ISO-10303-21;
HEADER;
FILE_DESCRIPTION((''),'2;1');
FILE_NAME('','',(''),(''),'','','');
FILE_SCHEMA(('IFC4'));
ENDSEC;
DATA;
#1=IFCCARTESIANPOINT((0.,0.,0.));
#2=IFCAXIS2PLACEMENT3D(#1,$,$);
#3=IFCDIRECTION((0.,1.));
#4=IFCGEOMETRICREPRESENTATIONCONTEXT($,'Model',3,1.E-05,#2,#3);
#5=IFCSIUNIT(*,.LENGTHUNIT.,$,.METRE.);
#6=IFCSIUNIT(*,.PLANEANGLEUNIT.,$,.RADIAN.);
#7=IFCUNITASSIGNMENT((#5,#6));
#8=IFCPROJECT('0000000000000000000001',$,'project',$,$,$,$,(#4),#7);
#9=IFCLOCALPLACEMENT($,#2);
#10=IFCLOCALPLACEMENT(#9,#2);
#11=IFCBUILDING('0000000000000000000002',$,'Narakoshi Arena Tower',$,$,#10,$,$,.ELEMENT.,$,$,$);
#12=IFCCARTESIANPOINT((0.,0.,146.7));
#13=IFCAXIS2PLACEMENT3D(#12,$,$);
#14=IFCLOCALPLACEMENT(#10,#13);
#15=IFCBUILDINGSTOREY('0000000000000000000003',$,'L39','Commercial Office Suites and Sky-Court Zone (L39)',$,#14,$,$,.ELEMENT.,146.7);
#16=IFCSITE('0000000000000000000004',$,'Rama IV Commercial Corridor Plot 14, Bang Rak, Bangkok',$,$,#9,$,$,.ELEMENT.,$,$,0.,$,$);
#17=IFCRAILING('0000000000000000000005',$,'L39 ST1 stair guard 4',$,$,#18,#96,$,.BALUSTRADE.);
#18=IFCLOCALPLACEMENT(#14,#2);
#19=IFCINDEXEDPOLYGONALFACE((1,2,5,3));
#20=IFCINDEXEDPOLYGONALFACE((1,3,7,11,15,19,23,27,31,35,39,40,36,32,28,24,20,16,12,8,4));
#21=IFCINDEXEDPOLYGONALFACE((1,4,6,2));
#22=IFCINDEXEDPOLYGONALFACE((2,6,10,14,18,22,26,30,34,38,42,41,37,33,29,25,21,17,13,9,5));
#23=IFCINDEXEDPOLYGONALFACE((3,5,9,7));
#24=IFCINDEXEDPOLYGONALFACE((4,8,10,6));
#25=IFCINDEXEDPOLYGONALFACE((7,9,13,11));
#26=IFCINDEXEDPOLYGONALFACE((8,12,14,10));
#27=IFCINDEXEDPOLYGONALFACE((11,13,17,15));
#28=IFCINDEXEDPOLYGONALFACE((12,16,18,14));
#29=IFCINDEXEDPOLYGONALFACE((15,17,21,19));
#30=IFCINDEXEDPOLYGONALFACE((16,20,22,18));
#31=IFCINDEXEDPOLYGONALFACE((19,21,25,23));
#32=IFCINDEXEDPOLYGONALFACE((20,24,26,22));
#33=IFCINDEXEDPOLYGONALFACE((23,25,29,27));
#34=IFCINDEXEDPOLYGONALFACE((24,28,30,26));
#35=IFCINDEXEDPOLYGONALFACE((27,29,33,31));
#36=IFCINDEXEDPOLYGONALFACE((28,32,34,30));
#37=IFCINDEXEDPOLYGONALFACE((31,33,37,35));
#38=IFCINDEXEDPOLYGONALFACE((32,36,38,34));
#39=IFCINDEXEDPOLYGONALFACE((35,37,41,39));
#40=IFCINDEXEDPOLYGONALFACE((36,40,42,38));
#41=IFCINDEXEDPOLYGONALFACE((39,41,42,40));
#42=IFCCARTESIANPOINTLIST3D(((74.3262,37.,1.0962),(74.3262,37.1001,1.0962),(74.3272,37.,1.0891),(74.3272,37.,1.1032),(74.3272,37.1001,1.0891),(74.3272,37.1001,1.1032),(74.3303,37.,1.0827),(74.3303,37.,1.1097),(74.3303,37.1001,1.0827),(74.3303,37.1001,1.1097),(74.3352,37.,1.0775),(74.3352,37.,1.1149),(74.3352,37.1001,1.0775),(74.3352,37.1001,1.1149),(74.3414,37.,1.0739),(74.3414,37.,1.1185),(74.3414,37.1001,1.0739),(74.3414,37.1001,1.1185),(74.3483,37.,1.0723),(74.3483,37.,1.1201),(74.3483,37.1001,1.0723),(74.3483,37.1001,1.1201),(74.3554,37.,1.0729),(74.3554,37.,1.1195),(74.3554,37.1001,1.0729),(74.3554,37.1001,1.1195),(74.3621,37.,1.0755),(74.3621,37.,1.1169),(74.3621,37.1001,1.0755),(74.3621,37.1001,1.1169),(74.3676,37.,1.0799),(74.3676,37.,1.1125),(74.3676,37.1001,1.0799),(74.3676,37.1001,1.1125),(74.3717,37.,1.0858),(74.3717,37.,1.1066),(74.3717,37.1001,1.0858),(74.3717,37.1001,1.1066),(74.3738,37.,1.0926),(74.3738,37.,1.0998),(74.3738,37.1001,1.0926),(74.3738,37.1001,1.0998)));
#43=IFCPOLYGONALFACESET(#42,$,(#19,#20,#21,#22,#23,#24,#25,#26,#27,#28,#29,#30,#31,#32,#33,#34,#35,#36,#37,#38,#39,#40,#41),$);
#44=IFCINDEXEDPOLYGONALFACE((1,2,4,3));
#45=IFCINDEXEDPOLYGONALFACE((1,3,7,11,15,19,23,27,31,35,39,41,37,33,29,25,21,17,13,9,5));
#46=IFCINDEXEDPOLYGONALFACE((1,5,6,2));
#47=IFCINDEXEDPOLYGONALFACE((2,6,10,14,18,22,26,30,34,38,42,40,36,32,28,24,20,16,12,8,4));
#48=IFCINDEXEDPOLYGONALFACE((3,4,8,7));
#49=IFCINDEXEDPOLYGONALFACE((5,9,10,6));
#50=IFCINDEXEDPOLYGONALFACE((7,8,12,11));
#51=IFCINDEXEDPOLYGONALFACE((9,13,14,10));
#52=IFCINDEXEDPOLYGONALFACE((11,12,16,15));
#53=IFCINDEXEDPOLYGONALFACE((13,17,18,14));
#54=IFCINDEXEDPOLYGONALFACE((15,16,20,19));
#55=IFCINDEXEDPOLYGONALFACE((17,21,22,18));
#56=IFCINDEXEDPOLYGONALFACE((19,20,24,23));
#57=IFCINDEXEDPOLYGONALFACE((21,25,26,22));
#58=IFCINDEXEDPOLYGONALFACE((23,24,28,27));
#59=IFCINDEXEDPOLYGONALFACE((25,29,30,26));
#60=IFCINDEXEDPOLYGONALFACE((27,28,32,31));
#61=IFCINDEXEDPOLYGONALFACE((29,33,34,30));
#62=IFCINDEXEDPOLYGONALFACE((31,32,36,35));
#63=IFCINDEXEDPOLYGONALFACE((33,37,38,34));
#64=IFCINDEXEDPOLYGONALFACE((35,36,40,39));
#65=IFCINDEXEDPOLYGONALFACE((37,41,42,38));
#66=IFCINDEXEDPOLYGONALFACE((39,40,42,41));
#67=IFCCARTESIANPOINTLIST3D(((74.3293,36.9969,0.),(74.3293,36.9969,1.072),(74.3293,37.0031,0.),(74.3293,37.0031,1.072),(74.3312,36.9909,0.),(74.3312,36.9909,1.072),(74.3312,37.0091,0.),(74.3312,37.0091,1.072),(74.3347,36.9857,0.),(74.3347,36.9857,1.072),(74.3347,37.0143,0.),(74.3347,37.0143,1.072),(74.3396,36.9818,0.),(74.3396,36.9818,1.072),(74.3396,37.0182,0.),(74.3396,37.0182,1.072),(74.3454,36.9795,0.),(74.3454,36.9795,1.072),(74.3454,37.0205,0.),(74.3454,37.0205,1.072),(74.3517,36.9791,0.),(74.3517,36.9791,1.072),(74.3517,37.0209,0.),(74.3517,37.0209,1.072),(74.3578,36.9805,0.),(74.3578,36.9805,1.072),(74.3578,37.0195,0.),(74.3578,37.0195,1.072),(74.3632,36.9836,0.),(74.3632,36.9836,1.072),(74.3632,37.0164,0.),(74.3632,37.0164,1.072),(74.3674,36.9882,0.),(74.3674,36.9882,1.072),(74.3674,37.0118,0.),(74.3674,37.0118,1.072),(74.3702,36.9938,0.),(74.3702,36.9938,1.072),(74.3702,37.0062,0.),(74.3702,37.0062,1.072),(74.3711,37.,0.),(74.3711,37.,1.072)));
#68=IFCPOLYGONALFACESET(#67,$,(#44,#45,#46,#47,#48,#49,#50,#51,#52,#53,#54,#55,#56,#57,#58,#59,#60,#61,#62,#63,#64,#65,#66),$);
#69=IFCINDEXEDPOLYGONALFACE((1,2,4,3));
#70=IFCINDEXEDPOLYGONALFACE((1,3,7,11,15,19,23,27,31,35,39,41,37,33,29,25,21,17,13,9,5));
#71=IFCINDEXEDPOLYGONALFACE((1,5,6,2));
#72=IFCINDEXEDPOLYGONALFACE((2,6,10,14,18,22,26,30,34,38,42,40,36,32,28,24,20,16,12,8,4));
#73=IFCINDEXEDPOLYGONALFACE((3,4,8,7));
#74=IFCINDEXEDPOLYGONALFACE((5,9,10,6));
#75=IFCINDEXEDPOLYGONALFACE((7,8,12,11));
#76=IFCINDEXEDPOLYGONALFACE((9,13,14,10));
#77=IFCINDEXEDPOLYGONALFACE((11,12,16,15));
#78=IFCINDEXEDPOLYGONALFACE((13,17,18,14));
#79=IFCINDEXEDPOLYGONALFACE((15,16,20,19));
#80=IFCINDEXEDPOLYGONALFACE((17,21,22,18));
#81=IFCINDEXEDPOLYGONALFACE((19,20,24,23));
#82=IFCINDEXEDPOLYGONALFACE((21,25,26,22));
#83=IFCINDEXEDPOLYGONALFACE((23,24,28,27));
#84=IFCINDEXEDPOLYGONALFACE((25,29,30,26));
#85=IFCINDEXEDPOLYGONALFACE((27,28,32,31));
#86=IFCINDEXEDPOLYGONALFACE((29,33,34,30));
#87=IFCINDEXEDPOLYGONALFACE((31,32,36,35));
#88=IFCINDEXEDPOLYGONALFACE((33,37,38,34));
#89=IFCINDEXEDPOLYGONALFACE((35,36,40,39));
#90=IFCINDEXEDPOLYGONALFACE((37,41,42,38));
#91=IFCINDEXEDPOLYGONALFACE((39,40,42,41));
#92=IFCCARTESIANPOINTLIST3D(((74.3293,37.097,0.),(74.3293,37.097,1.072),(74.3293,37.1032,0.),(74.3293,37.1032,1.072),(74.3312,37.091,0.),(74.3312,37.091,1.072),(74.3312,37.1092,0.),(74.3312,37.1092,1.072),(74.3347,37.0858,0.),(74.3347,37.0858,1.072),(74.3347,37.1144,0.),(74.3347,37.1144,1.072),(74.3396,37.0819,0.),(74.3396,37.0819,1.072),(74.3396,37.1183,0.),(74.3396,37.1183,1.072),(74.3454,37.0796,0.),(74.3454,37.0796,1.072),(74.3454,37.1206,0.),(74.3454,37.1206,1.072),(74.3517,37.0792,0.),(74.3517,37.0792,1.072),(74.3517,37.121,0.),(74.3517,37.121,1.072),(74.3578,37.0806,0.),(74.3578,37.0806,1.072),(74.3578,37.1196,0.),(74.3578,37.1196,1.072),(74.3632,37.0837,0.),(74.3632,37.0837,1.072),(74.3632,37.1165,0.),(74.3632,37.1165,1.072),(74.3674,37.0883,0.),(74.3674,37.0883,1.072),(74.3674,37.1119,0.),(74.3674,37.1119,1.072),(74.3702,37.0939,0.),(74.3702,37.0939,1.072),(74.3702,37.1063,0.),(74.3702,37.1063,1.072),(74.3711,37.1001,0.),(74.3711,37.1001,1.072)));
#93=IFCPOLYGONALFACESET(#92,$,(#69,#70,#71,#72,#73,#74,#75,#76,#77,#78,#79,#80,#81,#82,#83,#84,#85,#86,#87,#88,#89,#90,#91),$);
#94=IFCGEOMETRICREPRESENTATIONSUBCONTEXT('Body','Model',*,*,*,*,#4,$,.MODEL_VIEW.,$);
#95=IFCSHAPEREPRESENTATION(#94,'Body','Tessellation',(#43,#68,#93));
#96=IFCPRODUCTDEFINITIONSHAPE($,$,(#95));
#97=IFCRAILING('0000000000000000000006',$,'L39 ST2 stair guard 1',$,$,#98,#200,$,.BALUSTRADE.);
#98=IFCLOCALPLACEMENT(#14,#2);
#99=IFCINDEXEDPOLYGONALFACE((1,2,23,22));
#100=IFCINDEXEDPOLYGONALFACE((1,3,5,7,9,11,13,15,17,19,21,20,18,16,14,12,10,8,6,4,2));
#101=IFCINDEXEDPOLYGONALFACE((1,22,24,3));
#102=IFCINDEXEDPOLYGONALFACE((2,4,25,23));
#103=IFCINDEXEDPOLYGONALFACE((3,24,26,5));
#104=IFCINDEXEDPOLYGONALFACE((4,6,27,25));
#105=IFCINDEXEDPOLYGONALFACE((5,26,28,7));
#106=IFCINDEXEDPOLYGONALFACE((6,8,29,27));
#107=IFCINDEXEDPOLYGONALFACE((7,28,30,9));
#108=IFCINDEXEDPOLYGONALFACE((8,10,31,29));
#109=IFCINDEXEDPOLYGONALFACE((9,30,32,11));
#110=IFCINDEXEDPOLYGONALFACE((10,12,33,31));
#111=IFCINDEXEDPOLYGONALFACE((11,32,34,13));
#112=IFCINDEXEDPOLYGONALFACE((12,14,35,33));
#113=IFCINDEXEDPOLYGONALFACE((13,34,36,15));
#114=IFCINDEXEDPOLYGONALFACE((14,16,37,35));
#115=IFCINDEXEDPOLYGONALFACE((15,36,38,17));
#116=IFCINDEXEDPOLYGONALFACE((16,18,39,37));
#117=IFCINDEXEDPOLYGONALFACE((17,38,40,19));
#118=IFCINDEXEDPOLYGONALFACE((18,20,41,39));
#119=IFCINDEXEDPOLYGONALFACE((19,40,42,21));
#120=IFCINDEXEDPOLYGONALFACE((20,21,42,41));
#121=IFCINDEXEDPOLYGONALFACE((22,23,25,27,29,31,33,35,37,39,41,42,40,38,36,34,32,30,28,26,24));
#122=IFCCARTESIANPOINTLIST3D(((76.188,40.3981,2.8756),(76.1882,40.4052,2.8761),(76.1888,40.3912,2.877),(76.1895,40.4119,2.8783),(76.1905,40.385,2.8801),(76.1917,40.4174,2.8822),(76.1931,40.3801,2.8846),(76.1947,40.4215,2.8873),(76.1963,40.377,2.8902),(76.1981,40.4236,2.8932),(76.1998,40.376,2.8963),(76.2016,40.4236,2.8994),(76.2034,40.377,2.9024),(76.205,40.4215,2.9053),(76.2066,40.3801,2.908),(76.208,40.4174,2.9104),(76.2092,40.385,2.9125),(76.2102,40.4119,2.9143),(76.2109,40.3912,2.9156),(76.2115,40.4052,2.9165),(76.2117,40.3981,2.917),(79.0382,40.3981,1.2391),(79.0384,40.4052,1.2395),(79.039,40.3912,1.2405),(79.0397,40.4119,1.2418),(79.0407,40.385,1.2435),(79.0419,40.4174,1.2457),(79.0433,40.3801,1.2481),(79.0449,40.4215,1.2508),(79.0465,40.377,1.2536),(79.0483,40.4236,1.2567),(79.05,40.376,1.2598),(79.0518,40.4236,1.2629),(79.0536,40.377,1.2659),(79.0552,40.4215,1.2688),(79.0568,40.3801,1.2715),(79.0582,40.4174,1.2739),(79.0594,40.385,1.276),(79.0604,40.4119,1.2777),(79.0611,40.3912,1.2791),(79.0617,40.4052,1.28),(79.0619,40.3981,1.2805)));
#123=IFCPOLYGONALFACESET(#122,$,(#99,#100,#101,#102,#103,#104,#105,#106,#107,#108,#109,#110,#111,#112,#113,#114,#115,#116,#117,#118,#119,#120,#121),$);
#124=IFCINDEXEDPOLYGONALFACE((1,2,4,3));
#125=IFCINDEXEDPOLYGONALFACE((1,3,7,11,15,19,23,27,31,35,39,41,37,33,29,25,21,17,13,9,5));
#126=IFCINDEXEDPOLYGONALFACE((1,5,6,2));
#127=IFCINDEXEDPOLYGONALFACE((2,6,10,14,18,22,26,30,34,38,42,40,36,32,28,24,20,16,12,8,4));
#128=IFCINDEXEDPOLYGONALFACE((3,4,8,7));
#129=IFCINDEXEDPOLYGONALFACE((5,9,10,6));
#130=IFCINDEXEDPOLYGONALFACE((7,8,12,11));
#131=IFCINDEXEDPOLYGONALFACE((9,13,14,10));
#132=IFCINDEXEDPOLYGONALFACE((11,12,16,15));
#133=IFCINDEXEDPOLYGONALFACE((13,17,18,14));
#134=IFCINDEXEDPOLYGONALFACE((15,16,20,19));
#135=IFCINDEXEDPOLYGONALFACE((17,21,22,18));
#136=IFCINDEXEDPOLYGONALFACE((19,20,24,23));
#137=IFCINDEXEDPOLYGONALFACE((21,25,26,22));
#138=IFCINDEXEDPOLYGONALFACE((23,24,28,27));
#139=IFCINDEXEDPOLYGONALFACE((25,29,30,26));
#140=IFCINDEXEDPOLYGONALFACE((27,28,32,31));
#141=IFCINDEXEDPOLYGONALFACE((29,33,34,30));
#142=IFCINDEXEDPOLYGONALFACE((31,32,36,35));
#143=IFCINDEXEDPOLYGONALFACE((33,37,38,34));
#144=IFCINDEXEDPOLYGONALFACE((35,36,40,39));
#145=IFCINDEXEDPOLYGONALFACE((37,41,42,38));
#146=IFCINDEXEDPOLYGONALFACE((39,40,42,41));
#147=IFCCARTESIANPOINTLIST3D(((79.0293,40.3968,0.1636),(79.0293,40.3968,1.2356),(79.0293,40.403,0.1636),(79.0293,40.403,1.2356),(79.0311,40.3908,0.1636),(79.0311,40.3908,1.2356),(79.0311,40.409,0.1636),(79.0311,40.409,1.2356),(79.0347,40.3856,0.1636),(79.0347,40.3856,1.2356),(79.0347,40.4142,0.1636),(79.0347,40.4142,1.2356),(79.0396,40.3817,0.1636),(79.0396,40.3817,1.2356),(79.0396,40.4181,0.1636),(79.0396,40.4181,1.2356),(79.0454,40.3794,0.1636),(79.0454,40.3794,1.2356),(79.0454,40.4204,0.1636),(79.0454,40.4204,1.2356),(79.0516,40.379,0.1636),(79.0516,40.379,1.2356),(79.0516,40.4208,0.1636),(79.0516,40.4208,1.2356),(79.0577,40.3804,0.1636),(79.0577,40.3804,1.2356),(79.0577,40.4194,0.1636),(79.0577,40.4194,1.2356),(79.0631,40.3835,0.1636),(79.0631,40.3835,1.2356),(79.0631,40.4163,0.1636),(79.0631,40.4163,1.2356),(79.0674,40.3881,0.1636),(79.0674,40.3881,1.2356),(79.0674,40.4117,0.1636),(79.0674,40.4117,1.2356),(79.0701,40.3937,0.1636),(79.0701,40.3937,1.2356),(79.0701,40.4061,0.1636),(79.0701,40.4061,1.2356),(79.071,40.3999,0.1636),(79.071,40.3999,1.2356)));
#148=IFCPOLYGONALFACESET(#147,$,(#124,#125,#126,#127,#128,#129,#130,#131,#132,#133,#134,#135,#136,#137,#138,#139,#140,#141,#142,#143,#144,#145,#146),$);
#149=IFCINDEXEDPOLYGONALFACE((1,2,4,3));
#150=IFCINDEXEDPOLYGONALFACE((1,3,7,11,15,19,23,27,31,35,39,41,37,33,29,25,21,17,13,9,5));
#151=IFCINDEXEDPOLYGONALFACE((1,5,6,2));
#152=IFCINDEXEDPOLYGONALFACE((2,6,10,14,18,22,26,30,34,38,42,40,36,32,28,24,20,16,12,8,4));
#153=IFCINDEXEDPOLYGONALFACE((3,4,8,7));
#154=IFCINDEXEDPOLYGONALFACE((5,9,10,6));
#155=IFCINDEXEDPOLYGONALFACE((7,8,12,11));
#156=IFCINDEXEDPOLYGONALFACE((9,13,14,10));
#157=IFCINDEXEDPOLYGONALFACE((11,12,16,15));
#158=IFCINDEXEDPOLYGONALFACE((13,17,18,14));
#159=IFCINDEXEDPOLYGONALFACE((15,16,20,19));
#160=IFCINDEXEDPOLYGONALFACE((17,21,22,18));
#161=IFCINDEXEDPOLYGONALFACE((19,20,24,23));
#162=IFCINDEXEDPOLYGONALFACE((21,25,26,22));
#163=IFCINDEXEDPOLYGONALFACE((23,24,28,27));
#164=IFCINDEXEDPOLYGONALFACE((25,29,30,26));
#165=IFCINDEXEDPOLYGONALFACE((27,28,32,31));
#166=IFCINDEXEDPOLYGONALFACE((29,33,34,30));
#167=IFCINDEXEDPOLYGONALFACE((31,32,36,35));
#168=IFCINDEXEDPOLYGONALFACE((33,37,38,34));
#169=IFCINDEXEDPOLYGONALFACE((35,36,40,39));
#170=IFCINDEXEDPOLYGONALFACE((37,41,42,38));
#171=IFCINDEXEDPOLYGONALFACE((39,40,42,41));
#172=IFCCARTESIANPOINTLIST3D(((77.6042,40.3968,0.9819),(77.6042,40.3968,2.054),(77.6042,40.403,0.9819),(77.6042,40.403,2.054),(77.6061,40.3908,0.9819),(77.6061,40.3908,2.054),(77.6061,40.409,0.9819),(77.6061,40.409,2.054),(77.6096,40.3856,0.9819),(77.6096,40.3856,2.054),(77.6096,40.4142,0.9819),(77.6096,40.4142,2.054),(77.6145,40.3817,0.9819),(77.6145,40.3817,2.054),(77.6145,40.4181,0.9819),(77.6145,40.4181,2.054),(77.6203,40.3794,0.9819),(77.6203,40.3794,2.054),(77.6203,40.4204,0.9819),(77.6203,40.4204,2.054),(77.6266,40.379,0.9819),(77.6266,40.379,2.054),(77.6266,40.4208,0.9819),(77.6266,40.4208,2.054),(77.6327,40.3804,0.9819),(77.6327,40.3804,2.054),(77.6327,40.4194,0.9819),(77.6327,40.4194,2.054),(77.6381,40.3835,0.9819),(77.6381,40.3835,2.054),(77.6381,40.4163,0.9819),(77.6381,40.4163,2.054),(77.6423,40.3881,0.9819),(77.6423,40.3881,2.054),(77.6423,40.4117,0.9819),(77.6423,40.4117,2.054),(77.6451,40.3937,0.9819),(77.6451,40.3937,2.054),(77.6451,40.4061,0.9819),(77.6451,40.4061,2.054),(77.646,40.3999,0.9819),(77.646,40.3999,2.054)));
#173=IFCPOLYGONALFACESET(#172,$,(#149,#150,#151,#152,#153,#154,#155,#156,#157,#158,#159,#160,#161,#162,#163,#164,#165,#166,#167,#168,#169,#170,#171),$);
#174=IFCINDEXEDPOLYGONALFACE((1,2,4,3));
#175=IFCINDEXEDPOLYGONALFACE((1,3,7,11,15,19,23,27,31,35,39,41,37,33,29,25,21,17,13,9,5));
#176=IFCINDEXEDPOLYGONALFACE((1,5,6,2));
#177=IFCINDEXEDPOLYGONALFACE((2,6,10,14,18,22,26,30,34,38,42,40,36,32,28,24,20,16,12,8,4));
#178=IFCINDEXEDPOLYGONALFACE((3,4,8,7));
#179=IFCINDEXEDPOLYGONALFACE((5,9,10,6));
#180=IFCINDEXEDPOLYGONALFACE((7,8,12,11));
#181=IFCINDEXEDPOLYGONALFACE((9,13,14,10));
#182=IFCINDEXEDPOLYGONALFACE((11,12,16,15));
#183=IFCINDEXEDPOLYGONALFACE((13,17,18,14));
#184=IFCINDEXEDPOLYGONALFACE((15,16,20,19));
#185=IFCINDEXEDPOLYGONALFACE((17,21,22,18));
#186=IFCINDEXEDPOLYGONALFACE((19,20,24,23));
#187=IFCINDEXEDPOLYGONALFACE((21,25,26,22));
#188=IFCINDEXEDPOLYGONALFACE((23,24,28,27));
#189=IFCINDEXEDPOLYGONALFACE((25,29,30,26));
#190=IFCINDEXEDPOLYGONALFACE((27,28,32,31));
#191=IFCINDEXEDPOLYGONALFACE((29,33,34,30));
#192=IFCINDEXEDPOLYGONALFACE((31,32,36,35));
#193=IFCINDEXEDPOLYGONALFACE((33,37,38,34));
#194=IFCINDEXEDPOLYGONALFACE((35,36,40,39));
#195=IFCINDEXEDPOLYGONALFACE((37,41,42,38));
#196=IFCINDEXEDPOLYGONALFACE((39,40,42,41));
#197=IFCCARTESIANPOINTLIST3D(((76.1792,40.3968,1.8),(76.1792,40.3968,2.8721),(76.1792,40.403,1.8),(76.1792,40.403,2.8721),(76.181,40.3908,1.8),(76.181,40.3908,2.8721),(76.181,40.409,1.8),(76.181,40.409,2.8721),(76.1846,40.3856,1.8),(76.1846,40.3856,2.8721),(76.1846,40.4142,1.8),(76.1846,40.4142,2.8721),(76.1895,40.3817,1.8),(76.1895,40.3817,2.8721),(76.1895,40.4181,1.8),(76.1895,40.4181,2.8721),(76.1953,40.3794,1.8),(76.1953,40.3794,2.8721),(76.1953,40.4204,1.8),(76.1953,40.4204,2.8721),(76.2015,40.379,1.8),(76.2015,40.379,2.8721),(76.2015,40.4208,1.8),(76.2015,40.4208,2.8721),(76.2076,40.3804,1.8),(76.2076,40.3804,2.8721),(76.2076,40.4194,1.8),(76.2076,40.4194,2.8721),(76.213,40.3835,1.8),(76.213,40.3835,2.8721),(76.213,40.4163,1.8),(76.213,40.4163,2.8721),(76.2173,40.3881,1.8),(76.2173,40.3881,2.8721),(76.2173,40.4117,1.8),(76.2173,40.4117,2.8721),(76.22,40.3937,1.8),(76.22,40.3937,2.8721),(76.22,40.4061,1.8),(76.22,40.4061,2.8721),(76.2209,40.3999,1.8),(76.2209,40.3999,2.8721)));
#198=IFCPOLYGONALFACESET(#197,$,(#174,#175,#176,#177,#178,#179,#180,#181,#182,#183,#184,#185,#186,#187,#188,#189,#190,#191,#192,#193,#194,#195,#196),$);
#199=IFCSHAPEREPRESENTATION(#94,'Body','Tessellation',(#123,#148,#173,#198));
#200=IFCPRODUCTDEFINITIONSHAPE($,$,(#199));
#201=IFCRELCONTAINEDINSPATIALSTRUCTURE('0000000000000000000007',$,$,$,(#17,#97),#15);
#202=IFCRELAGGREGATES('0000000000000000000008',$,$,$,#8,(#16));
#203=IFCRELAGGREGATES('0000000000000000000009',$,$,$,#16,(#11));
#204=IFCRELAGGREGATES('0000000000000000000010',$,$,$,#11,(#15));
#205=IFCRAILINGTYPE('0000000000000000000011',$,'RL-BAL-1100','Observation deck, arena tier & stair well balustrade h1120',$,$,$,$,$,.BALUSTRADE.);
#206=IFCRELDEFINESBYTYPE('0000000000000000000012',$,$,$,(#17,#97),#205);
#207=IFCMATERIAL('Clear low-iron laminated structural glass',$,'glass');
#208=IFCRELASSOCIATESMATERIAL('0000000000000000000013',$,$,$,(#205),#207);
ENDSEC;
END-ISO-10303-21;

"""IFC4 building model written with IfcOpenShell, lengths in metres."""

from ifc_helpers import new_model, si_unit, direction, frame, origin, origin_2d, place, context, subcontext, project, spatial, circle, extrude, material, type_object, element, save


model = new_model("IFC4")

# Units and contexts
model_context = context("Model", 3, precision=1e-05, world=origin(), true_north=direction((0.0, 1.0)))
body_context = subcontext(model_context, "Body", "Model", "MODEL_VIEW")
ifc_project = project(units=[si_unit("LENGTHUNIT", "METRE"), si_unit("PLANEANGLEUNIT", "RADIAN")], contexts=[model_context])

# Site, building, storey
site_placement = place(None, origin())
site = spatial("IfcSite", under=ifc_project, at=site_placement, Name="Rama IV Commercial Corridor Plot 14, Bang Rak, Bangkok", CompositionType="ELEMENT", RefElevation=0.0)
building_placement = place(site_placement, origin())
building = spatial("IfcBuilding", under=site, at=building_placement, Name="Narakoshi Arena Tower", CompositionType="ELEMENT")
storey_placement = place(building_placement, frame((0.0, 0.0, 146.7)))
storey = spatial("IfcBuildingStorey", under=building, at=storey_placement, Name="L39", Description="Commercial Office Suites and Sky-Court Zone (L39)", CompositionType="ELEMENT", Elevation=146.7)

# Railings
ifc_material_1 = material(Name="Clear low-iron laminated structural glass", Category="glass")
railing_type_1 = type_object("IfcRailingType", Name="RL-BAL-1100", Description="Observation deck, arena tier & stair well balustrade h1120", PredefinedType="BALUSTRADE", material=ifc_material_1)
railing_1_placement = place(storey_placement, frame((74.3501, 37.0, 0.0)))
element("IfcRailing", 1, at=railing_1_placement, inside=storey, type_object=railing_type_1, Name="L39 ST1 stair guard 4", PredefinedType="BALUSTRADE", context=body_context, shape_type="SweptSolid", body=[
    extrude(circle(Radius=0.0239, at=origin_2d()), frame((0.0, 0.0, 1.0962), z_axis=(0.0, 1.0, 0.0), x_axis=(-1.0, 0.0, 0.0)), (0.0, 0.0, 1.0), 0.1001),
    extrude(circle(Radius=0.021, at=origin_2d()), origin(), (0.0, 0.0, 1.0), 1.072),
    extrude(circle(Radius=0.021, at=origin_2d()), frame((0.0, 0.1001, 0.0)), (0.0, 0.0, 1.0), 1.072),
])
railing_2_placement = place(storey_placement, frame((79.05, 40.3999, 0.1636)))
element("IfcRailing", 2, at=railing_2_placement, inside=storey, type_object=railing_type_1, Name="L39 ST2 stair guard 1", PredefinedType="BALUSTRADE", context=body_context, shape_type="SweptSolid", body=[
    extrude(circle(Radius=0.0239, at=origin_2d()), frame((0.0, 0.0, 1.0962), z_axis=(-0.867213, 0.0, 0.497938), x_axis=(0.0, -1.0, 0.0)), (0.0, 0.0, 1.0), 3.2866),
    extrude(circle(Radius=0.021, at=origin_2d()), origin(), (0.0, 0.0, 1.0), 1.072),
    extrude(circle(Radius=0.021, at=origin_2d()), frame((-1.425, 0.0, 0.8184)), (0.0, 0.0, 1.0), 1.072),
    extrude(circle(Radius=0.021, at=origin_2d()), frame((-2.8501, 0.0, 1.6365)), (0.0, 0.0, 1.0), 1.072),
])

save(model, "model.ifc")
